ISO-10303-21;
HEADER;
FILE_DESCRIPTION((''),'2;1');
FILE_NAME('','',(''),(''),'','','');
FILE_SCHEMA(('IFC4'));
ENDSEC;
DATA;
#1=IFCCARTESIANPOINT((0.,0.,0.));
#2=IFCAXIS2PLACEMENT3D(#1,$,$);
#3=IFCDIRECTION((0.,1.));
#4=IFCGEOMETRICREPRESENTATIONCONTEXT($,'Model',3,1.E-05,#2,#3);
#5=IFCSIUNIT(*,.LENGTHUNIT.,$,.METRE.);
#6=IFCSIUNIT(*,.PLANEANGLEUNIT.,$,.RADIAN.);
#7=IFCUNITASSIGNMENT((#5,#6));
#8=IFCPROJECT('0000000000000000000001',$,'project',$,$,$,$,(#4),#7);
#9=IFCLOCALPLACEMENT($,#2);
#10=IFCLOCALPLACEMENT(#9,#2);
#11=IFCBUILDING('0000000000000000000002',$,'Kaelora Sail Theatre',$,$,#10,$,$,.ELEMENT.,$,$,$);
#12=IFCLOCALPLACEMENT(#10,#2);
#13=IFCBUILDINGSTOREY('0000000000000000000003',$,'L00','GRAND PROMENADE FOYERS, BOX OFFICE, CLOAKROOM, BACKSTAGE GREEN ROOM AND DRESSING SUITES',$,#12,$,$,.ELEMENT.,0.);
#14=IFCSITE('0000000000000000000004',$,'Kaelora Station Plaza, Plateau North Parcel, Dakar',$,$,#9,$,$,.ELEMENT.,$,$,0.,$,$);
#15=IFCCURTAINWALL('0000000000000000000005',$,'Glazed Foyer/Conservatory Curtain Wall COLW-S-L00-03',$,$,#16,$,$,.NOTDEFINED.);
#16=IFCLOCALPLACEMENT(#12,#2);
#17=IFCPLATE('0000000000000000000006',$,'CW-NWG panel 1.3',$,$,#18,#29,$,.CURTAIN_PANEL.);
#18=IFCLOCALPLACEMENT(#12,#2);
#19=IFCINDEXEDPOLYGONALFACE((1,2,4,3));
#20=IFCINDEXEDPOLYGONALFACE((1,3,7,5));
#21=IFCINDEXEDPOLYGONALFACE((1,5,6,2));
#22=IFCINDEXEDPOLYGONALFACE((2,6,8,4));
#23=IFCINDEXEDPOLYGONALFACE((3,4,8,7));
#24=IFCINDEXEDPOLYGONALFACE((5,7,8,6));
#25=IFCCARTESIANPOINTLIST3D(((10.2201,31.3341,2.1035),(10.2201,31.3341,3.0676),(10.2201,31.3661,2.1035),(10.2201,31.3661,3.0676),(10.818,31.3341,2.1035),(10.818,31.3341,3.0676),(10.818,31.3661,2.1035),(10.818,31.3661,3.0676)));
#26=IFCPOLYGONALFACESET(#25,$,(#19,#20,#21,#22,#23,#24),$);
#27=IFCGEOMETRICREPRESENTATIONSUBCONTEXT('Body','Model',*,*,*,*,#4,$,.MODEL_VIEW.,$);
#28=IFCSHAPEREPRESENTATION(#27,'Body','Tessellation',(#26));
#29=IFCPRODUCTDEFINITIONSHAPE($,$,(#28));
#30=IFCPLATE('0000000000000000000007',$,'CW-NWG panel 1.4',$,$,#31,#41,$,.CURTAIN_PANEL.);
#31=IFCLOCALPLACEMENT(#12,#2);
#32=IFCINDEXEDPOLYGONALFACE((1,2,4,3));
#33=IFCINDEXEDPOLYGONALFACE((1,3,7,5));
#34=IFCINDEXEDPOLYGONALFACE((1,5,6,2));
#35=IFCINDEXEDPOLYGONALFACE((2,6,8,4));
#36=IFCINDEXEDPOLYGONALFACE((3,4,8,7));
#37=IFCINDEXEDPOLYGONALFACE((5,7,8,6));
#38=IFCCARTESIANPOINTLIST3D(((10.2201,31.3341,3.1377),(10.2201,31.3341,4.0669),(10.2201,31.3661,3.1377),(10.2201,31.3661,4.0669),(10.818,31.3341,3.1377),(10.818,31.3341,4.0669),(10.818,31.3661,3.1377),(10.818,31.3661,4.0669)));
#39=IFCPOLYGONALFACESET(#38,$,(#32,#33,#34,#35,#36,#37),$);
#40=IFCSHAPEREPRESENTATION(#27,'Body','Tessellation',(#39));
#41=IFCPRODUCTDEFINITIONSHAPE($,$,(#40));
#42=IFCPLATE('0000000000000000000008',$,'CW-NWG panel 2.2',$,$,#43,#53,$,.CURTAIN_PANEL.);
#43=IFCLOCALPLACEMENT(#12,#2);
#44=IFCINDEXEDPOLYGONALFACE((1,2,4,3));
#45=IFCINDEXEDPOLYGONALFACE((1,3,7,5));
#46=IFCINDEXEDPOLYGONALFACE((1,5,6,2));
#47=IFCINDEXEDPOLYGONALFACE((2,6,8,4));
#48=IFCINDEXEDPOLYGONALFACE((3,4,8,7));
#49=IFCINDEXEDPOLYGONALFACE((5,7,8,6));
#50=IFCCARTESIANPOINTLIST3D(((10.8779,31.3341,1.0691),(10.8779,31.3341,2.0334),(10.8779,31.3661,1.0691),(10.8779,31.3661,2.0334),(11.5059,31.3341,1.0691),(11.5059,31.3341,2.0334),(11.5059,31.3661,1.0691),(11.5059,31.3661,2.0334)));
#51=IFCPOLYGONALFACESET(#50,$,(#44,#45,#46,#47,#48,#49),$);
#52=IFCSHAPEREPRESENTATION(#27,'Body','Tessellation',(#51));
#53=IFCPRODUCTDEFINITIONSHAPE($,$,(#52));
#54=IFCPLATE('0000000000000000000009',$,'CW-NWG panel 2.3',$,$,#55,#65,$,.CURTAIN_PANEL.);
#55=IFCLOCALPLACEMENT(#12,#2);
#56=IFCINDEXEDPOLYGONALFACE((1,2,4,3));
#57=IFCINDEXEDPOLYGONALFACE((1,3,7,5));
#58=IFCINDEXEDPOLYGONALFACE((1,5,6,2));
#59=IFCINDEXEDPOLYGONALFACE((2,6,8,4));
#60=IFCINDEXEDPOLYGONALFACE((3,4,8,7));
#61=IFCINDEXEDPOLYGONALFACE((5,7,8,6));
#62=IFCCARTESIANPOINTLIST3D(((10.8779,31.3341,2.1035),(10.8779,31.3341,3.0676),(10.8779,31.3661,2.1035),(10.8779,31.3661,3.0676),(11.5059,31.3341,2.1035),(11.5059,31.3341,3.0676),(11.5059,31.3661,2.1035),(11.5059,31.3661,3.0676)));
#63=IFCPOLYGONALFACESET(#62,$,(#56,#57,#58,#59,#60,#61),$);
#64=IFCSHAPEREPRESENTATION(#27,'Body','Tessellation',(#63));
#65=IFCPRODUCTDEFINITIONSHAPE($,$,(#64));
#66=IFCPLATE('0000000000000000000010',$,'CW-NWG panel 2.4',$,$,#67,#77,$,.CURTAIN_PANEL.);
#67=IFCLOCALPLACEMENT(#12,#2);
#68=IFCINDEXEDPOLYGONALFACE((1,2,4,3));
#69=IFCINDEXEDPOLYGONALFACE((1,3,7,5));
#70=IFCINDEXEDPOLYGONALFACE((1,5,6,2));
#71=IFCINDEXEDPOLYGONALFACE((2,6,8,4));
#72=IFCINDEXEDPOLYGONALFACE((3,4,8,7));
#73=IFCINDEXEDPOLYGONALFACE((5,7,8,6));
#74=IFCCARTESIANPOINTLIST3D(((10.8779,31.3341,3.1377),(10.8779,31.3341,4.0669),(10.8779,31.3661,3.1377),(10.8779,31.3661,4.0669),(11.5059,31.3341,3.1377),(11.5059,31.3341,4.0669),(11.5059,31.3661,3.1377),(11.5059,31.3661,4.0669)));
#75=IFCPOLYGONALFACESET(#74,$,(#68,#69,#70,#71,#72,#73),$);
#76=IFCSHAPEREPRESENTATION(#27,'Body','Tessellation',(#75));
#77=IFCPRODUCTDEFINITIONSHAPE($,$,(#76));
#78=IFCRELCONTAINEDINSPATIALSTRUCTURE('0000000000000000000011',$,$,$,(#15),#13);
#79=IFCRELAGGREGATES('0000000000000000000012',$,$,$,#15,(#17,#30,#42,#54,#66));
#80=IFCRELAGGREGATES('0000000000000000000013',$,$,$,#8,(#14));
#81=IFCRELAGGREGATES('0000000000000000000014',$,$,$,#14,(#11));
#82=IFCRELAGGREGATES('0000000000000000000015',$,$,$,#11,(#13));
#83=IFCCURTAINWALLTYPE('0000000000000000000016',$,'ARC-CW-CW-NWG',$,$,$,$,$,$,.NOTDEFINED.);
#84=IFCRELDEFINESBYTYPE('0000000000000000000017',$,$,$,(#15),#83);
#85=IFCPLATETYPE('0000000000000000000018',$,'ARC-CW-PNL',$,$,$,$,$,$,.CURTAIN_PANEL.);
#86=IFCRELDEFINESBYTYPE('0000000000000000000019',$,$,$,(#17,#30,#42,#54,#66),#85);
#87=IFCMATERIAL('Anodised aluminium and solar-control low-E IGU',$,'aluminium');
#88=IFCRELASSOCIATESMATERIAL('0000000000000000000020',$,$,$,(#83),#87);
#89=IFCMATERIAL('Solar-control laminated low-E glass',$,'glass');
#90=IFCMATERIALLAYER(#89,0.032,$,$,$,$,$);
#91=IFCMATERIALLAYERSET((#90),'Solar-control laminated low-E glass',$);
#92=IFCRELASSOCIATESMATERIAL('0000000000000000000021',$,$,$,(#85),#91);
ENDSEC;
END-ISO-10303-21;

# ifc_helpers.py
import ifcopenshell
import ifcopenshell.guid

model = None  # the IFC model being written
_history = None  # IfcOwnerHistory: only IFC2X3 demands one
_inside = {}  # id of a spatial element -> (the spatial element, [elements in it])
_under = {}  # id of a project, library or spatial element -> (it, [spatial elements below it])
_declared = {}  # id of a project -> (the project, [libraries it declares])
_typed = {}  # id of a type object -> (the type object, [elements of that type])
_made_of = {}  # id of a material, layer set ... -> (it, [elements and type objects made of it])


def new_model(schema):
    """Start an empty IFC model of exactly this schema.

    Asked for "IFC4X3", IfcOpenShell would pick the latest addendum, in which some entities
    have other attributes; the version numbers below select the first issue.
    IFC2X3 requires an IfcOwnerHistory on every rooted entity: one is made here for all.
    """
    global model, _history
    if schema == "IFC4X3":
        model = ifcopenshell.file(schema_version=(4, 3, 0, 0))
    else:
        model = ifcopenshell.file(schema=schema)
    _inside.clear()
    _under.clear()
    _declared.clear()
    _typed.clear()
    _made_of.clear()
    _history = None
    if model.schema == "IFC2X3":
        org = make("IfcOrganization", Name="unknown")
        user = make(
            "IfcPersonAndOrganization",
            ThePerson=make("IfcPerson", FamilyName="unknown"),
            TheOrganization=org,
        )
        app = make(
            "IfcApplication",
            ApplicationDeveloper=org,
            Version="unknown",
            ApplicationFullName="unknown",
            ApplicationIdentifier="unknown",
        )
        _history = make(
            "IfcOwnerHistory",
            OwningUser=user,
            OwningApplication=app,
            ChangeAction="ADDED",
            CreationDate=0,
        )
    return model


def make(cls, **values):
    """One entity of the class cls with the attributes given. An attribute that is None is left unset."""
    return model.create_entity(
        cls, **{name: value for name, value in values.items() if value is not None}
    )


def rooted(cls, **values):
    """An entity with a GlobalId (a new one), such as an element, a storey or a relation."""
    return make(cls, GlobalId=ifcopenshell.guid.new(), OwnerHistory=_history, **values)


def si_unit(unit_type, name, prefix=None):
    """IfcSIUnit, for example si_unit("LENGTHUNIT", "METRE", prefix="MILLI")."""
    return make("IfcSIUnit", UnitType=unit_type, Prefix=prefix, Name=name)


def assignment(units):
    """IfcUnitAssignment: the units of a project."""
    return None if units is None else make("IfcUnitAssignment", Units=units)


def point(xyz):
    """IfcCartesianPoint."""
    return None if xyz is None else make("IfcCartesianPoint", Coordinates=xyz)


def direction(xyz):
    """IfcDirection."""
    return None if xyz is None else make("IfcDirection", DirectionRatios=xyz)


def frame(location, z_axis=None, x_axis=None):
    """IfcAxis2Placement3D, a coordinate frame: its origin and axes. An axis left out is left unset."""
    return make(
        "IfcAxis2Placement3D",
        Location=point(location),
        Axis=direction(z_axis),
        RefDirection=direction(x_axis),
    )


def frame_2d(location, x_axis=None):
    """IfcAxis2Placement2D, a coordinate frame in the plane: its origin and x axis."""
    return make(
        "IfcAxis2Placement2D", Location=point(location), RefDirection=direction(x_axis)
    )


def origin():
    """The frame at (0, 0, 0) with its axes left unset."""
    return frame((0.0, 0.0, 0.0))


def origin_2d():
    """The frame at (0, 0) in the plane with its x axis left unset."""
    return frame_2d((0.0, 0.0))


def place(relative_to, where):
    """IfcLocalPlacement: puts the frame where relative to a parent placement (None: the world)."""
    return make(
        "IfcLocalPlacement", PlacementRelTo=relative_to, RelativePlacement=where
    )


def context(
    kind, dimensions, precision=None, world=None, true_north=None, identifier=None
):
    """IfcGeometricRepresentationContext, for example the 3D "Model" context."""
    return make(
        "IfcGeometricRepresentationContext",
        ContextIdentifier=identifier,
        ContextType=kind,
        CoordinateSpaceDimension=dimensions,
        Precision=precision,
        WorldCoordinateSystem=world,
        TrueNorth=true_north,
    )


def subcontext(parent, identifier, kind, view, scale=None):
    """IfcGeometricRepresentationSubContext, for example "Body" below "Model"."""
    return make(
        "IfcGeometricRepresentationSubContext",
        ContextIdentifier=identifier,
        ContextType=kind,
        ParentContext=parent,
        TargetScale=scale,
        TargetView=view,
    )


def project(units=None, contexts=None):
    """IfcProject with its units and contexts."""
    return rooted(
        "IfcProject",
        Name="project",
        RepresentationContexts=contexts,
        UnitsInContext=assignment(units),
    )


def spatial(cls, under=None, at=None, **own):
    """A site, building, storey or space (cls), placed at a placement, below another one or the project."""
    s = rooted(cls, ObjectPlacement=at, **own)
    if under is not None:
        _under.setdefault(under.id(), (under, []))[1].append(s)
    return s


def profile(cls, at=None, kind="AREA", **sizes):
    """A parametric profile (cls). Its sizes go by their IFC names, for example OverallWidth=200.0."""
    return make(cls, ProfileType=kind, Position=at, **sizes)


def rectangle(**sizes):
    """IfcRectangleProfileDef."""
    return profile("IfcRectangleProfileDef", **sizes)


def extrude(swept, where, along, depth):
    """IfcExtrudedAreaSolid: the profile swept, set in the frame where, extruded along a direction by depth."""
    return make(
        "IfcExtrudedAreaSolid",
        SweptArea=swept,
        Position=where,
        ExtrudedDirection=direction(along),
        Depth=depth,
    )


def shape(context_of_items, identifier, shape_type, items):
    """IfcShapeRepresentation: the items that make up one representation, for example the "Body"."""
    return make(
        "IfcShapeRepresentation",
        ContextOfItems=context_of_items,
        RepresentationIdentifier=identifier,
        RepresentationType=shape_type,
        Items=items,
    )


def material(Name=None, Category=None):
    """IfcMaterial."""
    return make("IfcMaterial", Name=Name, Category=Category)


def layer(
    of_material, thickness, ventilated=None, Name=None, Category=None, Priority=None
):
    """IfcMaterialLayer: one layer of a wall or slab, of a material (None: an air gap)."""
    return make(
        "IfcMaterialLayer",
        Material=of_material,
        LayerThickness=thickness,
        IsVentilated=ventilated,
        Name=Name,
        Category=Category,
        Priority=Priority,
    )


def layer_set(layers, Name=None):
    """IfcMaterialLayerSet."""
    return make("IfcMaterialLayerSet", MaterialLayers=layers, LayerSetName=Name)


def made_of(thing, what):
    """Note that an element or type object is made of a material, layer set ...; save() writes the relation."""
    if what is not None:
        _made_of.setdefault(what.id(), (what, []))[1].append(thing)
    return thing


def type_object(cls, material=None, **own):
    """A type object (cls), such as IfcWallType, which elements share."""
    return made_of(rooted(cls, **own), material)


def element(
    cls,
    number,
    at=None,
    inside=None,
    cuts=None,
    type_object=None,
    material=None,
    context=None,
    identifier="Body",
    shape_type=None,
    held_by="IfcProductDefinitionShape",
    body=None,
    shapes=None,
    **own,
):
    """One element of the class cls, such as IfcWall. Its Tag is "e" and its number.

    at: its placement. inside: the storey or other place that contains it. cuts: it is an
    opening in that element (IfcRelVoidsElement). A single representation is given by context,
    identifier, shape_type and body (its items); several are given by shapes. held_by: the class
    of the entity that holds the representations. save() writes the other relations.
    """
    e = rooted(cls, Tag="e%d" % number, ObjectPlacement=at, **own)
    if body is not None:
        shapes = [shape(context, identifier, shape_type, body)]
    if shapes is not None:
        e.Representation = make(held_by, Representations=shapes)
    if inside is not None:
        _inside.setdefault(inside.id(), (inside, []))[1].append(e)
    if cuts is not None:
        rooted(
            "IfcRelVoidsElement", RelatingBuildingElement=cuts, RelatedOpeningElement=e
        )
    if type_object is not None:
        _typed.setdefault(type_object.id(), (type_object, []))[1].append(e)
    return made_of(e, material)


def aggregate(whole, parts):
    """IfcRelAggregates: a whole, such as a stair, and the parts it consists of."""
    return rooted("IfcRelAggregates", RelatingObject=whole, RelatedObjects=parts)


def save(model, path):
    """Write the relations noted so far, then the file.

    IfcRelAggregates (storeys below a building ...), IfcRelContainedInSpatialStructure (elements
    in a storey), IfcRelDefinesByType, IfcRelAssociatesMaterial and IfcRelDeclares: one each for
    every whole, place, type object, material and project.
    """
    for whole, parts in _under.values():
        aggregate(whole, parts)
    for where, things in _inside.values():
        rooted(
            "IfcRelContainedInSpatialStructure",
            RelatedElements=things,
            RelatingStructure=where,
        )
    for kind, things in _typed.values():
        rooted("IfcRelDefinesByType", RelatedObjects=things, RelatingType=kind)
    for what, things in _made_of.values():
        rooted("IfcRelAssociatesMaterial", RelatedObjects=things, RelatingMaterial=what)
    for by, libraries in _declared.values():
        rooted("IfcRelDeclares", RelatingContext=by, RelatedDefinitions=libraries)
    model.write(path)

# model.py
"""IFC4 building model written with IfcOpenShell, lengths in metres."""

from ifc_helpers import new_model, si_unit, direction, frame, origin, origin_2d, place, context, subcontext, project, spatial, rectangle, extrude, material, layer, layer_set, type_object, element, aggregate, save


model = new_model("IFC4")

# Units and contexts
model_context = context("Model", 3, precision=1e-05, world=origin(), true_north=direction((0.0, 1.0)))
body_context = subcontext(model_context, "Body", "Model", "MODEL_VIEW")
ifc_project = project(units=[si_unit("LENGTHUNIT", "METRE"), si_unit("PLANEANGLEUNIT", "RADIAN")], contexts=[model_context])

# Site, building, storey
site_placement = place(None, origin())
site = spatial("IfcSite", under=ifc_project, at=site_placement, Name="Kaelora Station Plaza, Plateau North Parcel, Dakar", CompositionType="ELEMENT", RefElevation=0.0)
building_placement = place(site_placement, origin())
building = spatial("IfcBuilding", under=site, at=building_placement, Name="Kaelora Sail Theatre", CompositionType="ELEMENT")
storey_placement = place(building_placement, origin())
storey = spatial("IfcBuildingStorey", under=building, at=storey_placement, Name="L00", Description="GRAND PROMENADE FOYERS, BOX OFFICE, CLOAKROOM, BACKSTAGE GREEN ROOM AND DRESSING SUITES", CompositionType="ELEMENT", Elevation=0.0)

# Curtain wall
ifc_material_1 = material(Name="Anodised aluminium and solar-control low-E IGU", Category="aluminium")
curtain_wall_type = type_object("IfcCurtainWallType", Name="ARC-CW-CW-NWG", PredefinedType="NOTDEFINED", material=ifc_material_1)
curtain_wall_1_placement = place(storey_placement, origin())
curtain_wall_1 = element("IfcCurtainWall", 1, at=curtain_wall_1_placement, inside=storey, type_object=curtain_wall_type, Name="Glazed Foyer/Conservatory Curtain Wall COLW-S-L00-03", PredefinedType="NOTDEFINED")

# Plates
ifc_material_2 = material(Name="Solar-control laminated low-E glass", Category="glass")
ifc_layer = layer(ifc_material_2, 0.032)
ifc_layer_set = layer_set([ifc_layer], Name="Solar-control laminated low-E glass")
plate_type = type_object("IfcPlateType", Name="ARC-CW-PNL", PredefinedType="CURTAIN_PANEL", material=ifc_layer_set)
plate_1_placement = place(storey_placement, frame((10.519, 31.3501, 2.1035), z_axis=(0.0, 0.0, 1.0), x_axis=(1.0, 0.0, 0.0)))
plate_1 = element("IfcPlate", 2, at=plate_1_placement, type_object=plate_type, Name="CW-NWG panel 1.3", PredefinedType="CURTAIN_PANEL", context=body_context, shape_type="SweptSolid", body=[
    extrude(rectangle(XDim=0.5979, YDim=0.032, at=origin_2d()), origin(), (0.0, 0.0, 1.0), 0.9641),
])
plate_2_placement = place(storey_placement, frame((10.519, 31.3501, 3.1377), z_axis=(0.0, 0.0, 1.0), x_axis=(1.0, 0.0, 0.0)))
plate_2 = element("IfcPlate", 3, at=plate_2_placement, type_object=plate_type, Name="CW-NWG panel 1.4", PredefinedType="CURTAIN_PANEL", context=body_context, shape_type="SweptSolid", body=[
    extrude(rectangle(XDim=0.5979, YDim=0.032, at=origin_2d()), origin(), (0.0, 0.0, 1.0), 0.9292),
])
plate_3_placement = place(storey_placement, frame((11.1919, 31.3501, 1.0691), z_axis=(0.0, 0.0, 1.0), x_axis=(1.0, 0.0, 0.0)))
plate_3 = element("IfcPlate", 4, at=plate_3_placement, type_object=plate_type, Name="CW-NWG panel 2.2", PredefinedType="CURTAIN_PANEL", context=body_context, shape_type="SweptSolid", body=[
    extrude(rectangle(XDim=0.6279, YDim=0.032, at=origin_2d()), origin(), (0.0, 0.0, 1.0), 0.9644),
])
plate_4_placement = place(storey_placement, frame((11.1919, 31.3501, 2.1035), z_axis=(0.0, 0.0, 1.0), x_axis=(1.0, 0.0, 0.0)))
plate_4 = element("IfcPlate", 5, at=plate_4_placement, type_object=plate_type, Name="CW-NWG panel 2.3", PredefinedType="CURTAIN_PANEL", context=body_context, shape_type="SweptSolid", body=[
    extrude(rectangle(XDim=0.6279, YDim=0.032, at=origin_2d()), origin(), (0.0, 0.0, 1.0), 0.9641),
])
plate_5_placement = place(storey_placement, frame((11.1919, 31.3501, 3.1377), z_axis=(0.0, 0.0, 1.0), x_axis=(1.0, 0.0, 0.0)))
plate_5 = element("IfcPlate", 6, at=plate_5_placement, type_object=plate_type, Name="CW-NWG panel 2.4", PredefinedType="CURTAIN_PANEL", context=body_context, shape_type="SweptSolid", body=[
    extrude(rectangle(XDim=0.6279, YDim=0.032, at=origin_2d()), origin(), (0.0, 0.0, 1.0), 0.9292),
])
aggregate(curtain_wall_1, [plate_1, plate_2, plate_3, plate_4, plate_5])

save(model, "model.ifc")
